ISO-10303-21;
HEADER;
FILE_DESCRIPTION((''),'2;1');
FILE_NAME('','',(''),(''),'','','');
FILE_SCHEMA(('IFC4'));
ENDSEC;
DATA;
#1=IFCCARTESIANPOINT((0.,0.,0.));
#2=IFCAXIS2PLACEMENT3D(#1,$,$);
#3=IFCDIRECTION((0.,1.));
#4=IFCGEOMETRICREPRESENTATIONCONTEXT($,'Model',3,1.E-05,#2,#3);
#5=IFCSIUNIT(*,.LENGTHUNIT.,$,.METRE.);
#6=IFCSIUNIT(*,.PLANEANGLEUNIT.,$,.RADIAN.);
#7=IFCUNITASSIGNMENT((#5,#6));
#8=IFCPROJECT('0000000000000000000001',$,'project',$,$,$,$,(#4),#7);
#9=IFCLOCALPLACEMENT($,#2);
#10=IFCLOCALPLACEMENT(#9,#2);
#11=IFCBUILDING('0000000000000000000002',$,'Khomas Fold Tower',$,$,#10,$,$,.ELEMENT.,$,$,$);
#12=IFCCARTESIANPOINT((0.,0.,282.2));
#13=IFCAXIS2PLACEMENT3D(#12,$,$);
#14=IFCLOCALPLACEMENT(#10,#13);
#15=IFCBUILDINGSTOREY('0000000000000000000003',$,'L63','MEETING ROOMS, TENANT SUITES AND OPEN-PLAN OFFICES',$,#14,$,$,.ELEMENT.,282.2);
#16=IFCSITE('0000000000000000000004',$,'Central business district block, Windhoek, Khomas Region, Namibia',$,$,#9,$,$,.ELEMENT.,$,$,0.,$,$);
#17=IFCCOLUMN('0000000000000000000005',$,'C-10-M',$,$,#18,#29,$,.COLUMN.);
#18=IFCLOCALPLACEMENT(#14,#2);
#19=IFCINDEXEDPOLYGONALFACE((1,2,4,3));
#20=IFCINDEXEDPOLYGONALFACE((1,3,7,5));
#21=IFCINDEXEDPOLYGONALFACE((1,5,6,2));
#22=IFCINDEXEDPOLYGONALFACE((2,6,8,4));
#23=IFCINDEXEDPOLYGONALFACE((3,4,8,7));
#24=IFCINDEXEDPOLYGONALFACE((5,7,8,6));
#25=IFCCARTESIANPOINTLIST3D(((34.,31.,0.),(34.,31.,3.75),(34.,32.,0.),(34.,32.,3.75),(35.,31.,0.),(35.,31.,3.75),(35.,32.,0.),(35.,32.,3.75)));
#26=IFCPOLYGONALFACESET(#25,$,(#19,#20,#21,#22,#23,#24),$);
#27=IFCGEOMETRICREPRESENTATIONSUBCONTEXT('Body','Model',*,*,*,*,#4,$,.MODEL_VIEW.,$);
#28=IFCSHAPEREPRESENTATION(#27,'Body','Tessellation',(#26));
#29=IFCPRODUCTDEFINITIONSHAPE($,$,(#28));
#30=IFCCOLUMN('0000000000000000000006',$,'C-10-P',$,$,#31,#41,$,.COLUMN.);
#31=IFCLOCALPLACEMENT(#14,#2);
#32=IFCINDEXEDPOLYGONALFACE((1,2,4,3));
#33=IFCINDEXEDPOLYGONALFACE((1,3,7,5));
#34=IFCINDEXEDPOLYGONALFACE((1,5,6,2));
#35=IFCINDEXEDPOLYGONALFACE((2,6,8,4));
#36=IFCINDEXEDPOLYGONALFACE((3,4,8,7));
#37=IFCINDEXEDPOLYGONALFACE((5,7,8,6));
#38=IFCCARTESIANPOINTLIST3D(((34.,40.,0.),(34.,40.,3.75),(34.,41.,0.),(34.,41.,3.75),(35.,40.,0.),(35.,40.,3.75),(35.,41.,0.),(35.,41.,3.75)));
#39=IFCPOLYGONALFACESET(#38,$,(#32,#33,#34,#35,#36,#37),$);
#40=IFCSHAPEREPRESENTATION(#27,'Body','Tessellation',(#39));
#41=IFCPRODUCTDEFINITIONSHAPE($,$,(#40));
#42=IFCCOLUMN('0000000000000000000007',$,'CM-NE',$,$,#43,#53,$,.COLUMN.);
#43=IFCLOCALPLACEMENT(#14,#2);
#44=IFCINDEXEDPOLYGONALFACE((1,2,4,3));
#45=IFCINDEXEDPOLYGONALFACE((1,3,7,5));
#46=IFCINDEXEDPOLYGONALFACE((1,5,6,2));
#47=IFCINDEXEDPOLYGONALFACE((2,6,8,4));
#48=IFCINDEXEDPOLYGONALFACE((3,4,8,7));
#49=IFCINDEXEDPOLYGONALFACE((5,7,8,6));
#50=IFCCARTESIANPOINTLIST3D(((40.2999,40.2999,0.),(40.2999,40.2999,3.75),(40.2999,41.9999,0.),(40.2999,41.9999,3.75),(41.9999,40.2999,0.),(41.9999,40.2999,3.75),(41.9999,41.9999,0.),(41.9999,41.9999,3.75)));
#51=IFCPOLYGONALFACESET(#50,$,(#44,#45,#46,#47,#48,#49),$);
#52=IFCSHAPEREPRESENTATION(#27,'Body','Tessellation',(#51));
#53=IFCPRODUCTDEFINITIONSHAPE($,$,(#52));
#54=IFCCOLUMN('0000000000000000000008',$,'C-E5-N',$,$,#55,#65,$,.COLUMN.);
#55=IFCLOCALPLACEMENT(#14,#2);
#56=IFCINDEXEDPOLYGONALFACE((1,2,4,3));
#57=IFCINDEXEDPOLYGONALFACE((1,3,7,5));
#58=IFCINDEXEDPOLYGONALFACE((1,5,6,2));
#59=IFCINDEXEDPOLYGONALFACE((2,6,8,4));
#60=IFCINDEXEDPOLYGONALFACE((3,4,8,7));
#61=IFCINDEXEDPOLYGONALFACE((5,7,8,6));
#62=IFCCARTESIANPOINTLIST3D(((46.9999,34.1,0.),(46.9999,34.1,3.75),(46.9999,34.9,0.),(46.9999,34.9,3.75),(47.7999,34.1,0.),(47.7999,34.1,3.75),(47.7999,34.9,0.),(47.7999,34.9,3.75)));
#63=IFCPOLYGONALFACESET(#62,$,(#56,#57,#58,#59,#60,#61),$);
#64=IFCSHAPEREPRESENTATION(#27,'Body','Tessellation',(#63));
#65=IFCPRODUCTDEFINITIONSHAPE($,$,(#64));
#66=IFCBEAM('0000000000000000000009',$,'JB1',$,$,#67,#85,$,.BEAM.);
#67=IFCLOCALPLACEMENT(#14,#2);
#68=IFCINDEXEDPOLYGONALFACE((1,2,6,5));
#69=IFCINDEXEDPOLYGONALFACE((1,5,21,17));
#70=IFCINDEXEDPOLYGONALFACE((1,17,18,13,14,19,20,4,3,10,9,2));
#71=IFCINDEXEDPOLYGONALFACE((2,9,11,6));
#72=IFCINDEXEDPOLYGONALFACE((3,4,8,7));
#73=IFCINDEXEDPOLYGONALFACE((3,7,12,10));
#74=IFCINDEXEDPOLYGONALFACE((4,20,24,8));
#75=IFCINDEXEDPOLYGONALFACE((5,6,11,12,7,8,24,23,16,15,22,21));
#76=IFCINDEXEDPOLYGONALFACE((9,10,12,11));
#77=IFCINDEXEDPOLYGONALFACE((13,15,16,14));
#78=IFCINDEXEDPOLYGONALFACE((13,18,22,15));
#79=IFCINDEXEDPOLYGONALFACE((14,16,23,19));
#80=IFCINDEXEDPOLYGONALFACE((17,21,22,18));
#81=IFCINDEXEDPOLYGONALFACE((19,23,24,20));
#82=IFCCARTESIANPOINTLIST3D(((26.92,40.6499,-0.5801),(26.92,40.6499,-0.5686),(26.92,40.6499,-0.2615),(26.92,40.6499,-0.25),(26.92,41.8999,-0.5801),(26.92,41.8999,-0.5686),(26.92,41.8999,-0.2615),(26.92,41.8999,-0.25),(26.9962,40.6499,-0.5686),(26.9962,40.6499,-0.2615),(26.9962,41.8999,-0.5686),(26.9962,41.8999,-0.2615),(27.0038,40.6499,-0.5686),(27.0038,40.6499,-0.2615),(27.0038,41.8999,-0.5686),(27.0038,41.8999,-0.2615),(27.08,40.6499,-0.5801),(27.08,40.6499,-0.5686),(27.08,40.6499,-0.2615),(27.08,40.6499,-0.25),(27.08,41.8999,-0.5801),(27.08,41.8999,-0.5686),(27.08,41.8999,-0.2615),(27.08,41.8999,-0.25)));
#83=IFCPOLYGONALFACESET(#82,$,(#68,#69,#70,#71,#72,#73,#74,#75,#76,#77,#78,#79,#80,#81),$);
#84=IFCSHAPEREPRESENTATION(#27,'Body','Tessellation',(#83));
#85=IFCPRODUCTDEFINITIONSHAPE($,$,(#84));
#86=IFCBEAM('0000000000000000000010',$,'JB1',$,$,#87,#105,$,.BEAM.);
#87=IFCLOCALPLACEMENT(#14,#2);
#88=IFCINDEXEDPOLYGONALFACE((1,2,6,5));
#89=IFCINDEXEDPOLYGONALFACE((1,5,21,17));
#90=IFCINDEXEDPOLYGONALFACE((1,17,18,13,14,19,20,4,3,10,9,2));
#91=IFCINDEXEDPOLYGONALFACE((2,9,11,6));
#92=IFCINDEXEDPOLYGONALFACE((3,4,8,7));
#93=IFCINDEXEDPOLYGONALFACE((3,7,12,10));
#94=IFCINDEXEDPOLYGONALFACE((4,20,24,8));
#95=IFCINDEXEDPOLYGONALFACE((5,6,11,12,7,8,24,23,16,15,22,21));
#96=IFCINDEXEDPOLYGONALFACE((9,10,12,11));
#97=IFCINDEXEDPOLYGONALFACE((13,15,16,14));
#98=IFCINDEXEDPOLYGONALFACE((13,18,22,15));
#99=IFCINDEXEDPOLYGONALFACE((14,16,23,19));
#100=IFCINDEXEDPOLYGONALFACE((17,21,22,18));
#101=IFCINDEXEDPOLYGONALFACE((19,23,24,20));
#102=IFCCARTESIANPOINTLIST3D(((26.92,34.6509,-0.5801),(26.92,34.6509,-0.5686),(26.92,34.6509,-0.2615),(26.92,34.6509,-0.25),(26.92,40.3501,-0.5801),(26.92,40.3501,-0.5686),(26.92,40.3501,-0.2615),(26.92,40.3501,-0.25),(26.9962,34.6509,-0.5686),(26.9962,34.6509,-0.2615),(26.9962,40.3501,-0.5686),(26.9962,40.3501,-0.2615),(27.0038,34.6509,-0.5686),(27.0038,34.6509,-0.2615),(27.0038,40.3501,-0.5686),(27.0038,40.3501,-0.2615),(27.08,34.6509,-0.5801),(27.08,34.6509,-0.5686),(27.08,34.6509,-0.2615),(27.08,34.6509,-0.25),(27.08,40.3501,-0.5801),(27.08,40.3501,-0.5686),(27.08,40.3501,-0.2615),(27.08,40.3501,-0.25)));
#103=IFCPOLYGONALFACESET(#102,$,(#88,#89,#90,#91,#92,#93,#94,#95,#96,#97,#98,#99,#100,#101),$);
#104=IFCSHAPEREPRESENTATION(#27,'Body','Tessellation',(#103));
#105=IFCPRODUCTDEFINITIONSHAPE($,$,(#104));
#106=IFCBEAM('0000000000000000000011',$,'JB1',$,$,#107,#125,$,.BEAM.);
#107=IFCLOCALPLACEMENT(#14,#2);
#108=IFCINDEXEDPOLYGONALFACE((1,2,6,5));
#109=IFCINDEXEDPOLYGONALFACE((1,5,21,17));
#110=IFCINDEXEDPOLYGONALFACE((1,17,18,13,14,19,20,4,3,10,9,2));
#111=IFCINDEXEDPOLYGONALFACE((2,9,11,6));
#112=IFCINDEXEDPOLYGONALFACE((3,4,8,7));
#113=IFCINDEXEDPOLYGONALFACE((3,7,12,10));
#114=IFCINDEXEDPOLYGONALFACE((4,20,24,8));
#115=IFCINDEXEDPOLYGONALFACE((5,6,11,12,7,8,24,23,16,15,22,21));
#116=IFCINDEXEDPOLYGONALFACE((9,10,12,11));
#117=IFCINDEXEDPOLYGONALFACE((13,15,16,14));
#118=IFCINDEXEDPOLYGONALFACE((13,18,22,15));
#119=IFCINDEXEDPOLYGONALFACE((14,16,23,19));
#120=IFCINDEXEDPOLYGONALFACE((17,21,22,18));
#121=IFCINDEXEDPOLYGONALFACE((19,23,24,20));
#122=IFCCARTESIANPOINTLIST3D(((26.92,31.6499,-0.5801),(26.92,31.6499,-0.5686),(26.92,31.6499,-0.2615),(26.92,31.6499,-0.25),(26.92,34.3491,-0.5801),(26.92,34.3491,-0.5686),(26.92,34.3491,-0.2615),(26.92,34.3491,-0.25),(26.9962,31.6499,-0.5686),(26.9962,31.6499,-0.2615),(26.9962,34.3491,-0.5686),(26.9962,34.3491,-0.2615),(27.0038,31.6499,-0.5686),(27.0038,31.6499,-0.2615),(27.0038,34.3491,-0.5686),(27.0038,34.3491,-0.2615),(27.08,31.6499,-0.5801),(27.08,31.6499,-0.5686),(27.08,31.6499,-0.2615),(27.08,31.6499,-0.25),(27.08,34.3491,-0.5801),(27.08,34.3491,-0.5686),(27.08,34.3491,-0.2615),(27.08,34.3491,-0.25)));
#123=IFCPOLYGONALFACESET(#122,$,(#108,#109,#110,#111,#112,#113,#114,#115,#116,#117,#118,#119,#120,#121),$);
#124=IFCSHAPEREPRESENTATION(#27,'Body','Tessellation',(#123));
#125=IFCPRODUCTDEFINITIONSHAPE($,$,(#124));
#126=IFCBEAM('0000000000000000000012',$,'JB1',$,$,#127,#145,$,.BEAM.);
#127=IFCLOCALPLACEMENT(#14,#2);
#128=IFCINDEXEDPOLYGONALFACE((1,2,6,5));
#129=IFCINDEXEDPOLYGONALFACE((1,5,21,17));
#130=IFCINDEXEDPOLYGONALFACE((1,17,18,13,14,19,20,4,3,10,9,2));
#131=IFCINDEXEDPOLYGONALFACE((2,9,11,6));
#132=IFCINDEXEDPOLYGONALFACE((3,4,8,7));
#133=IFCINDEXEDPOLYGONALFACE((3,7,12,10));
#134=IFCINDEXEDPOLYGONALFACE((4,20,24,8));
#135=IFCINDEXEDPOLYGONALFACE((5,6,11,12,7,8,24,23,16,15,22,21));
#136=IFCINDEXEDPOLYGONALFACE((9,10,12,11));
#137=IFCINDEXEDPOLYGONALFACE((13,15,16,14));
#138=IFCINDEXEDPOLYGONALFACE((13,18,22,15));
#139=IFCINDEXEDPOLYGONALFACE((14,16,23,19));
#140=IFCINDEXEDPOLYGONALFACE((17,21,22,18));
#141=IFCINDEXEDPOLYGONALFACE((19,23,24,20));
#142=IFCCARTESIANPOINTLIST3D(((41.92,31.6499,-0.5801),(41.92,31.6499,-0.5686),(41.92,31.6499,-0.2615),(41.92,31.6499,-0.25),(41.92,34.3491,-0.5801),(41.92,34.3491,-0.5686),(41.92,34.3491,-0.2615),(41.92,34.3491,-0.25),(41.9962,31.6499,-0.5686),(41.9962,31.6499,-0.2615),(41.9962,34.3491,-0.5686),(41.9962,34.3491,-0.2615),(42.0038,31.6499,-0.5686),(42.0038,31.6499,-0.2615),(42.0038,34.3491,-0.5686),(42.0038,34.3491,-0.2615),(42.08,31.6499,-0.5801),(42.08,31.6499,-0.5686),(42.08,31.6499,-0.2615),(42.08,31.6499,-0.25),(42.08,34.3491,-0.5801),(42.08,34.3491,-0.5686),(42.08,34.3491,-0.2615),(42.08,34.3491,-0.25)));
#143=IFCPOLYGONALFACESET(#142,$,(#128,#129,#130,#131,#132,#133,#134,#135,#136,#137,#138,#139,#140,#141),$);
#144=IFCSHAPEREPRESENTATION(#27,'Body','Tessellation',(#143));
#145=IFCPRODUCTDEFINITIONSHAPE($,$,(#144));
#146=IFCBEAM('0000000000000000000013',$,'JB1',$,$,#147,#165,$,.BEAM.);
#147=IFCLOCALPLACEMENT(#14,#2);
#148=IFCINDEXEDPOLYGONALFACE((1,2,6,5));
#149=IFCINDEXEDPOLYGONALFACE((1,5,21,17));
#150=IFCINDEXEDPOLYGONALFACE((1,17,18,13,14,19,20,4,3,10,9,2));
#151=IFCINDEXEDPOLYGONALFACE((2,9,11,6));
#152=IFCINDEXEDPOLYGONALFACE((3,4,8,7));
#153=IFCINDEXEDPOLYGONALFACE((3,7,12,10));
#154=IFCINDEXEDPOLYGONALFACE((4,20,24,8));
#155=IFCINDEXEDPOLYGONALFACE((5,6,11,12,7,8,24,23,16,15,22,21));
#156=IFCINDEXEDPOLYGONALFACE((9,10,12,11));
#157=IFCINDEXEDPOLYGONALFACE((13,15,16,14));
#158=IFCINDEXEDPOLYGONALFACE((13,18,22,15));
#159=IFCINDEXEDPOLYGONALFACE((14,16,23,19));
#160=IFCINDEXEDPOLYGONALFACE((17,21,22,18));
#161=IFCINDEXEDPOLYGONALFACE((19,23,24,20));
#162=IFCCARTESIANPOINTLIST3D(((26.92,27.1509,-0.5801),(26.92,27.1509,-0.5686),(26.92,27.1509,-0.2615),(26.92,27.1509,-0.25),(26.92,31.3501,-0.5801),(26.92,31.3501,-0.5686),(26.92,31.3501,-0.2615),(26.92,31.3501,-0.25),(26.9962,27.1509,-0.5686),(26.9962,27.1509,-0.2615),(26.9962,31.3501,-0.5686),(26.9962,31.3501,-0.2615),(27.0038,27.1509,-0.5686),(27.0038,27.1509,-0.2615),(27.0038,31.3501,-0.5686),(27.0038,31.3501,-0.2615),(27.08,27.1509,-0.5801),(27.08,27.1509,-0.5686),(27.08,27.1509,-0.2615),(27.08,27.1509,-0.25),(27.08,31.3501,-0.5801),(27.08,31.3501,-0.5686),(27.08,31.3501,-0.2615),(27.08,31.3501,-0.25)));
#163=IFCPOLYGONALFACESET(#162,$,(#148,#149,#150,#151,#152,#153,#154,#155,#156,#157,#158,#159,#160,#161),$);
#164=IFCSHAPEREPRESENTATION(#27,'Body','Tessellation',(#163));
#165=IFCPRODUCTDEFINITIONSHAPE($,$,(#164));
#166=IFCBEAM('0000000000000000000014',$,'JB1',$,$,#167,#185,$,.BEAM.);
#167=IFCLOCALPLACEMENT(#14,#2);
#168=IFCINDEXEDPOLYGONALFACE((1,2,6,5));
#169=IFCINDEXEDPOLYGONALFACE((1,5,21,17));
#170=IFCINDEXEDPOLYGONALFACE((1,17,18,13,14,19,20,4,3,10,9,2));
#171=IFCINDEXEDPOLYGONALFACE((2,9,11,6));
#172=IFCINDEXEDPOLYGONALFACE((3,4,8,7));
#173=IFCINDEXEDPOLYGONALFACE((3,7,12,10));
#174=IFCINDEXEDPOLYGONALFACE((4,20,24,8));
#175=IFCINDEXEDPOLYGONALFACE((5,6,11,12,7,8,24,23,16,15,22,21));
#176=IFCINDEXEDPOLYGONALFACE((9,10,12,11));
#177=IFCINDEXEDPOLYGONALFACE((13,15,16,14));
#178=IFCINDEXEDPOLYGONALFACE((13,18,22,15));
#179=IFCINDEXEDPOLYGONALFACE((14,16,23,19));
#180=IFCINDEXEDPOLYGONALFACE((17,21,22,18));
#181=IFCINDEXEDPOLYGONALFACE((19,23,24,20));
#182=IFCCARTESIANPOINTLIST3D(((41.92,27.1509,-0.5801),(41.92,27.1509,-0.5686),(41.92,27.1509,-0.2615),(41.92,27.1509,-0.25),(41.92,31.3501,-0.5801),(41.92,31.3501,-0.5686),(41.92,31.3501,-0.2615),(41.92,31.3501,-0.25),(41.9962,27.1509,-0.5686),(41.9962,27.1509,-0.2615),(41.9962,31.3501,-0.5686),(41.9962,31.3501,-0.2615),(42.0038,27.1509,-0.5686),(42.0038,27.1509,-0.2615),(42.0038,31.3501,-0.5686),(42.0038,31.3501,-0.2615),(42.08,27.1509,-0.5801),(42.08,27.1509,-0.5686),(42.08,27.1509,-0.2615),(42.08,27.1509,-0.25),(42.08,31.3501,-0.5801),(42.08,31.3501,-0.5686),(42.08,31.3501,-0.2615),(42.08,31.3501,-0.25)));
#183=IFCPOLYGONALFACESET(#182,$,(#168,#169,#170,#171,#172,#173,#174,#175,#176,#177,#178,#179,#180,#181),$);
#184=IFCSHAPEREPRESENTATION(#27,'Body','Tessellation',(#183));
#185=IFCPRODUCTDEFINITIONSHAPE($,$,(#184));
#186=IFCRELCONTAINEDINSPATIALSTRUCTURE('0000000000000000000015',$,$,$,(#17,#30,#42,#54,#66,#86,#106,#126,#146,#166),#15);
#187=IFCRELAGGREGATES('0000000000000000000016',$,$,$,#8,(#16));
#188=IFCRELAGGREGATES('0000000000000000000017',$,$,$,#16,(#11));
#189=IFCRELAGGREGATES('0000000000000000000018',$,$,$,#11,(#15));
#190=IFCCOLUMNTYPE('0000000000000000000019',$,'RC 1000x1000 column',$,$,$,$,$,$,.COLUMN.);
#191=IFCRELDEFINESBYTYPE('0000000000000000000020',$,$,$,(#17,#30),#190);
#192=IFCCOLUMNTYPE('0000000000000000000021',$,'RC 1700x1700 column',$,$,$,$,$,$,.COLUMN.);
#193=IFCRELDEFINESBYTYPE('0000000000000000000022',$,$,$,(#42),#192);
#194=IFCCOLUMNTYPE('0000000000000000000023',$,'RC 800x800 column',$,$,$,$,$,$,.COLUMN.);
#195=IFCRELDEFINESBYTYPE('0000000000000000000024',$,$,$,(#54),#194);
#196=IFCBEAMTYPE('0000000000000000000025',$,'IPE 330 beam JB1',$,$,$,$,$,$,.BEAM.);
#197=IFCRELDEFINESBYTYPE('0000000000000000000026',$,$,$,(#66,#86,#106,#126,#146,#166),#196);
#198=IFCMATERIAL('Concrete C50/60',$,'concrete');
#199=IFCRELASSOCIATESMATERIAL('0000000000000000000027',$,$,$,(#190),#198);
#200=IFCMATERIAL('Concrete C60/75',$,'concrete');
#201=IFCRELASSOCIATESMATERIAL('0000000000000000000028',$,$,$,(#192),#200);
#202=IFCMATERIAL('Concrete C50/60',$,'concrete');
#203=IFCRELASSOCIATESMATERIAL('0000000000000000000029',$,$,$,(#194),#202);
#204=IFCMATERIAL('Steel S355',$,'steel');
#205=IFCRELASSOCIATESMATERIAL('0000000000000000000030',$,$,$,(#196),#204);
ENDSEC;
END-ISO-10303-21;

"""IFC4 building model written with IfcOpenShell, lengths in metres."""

from ifc_helpers import new_model, si_unit, direction, frame, origin, origin_2d, place, context, subcontext, project, spatial, rectangle, i_section, extrude, source, transform, mapped, material, material_profile, profile_set, type_object, element, save


model = new_model("IFC4")

# Units and contexts
model_context = context("Model", 3, precision=1e-05, world=origin(), true_north=direction((0.0, 1.0)))
body_context = subcontext(model_context, "Body", "Model", "MODEL_VIEW")
ifc_project = project(units=[si_unit("LENGTHUNIT", "METRE"), si_unit("PLANEANGLEUNIT", "RADIAN")], contexts=[model_context])

# Site, building, storey
site_placement = place(None, origin())
site = spatial("IfcSite", under=ifc_project, at=site_placement, Name="Central business district block, Windhoek, Khomas Region, Namibia", CompositionType="ELEMENT", RefElevation=0.0)
building_placement = place(site_placement, origin())
building = spatial("IfcBuilding", under=site, at=building_placement, Name="Khomas Fold Tower", CompositionType="ELEMENT")
storey_placement = place(building_placement, frame((0.0, 0.0, 282.2)))
storey = spatial("IfcBuildingStorey", under=building, at=storey_placement, Name="L63", Description="MEETING ROOMS, TENANT SUITES AND OPEN-PLAN OFFICES", CompositionType="ELEMENT", Elevation=282.2)

# Columns
ifc_material_1 = material(Name="Concrete C50/60", Category="concrete")
ifc_material_profile_1 = material_profile(ifc_material_1, rectangle(XDim=1.0, YDim=1.0, at=origin_2d()), Name="RC 1000x1000")
ifc_profile_set_1 = profile_set([ifc_material_profile_1], Name="Concrete C50/60")
column_type_1 = type_object("IfcColumnType", Name="RC 1000x1000 column", PredefinedType="COLUMN", material=ifc_profile_set_1)
shared_shape_1 = source(origin(), body_context, "Body", "SweptSolid", [
    extrude(rectangle(XDim=1.0, YDim=1.0, at=origin_2d()), origin(), (0.0, 0.0, 1.0), 3.75),
])
for number, where, z_axis, x_axis, name in (
    (1, (34.5, 31.5, 0.0), (0.0, 0.0, 1.0), (1.0, 0.0, 0.0), "C-10-M"),
    (2, (34.5, 40.5, 0.0), (0.0, 0.0, 1.0), (1.0, 0.0, 0.0), "C-10-P"),
):
    element("IfcColumn", number, at=place(storey_placement, frame(where, z_axis=z_axis, x_axis=x_axis)), inside=storey, type_object=column_type_1, Name=name, PredefinedType="COLUMN", context=body_context, shape_type="MappedRepresentation", body=[
        mapped(shared_shape_1, transform((0.0, 0.0, 0.0))),
    ])
ifc_material_2 = material(Name="Concrete C60/75", Category="concrete")
ifc_material_profile_2 = material_profile(ifc_material_2, rectangle(XDim=1.7, YDim=1.7, at=origin_2d()), Name="RC 1700x1700")
ifc_profile_set_2 = profile_set([ifc_material_profile_2], Name="Concrete C60/75")
column_type_2 = type_object("IfcColumnType", Name="RC 1700x1700 column", PredefinedType="COLUMN", material=ifc_profile_set_2)
shared_shape_2 = source(origin(), body_context, "Body", "SweptSolid", [
    extrude(rectangle(XDim=1.7, YDim=1.7, at=origin_2d()), origin(), (0.0, 0.0, 1.0), 3.75),
])
column_1_placement = place(storey_placement, frame((41.1499, 41.1499, 0.0), z_axis=(0.0, 0.0, 1.0), x_axis=(1.0, 0.0, 0.0)))
element("IfcColumn", 3, at=column_1_placement, inside=storey, type_object=column_type_2, Name="CM-NE", PredefinedType="COLUMN", context=body_context, shape_type="MappedRepresentation", body=[
    mapped(shared_shape_2, transform((0.0, 0.0, 0.0))),
])
ifc_material_3 = material(Name="Concrete C50/60", Category="concrete")
ifc_material_profile_3 = material_profile(ifc_material_3, rectangle(XDim=0.8, YDim=0.8, at=origin_2d()), Name="RC 800x800")
ifc_profile_set_3 = profile_set([ifc_material_profile_3], Name="Concrete C50/60")
column_type_3 = type_object("IfcColumnType", Name="RC 800x800 column", PredefinedType="COLUMN", material=ifc_profile_set_3)
shared_shape_3 = source(origin(), body_context, "Body", "SweptSolid", [
    extrude(rectangle(XDim=0.8, YDim=0.8, at=origin_2d()), origin(), (0.0, 0.0, 1.0), 3.75),
])
column_2_placement = place(storey_placement, frame((47.3999, 34.5, 0.0), z_axis=(0.0, 0.0, 1.0), x_axis=(1.0, 0.0, 0.0)))
element("IfcColumn", 4, at=column_2_placement, inside=storey, type_object=column_type_3, Name="C-E5-N", PredefinedType="COLUMN", context=body_context, shape_type="MappedRepresentation", body=[
    mapped(shared_shape_3, transform((0.0, 0.0, 0.0))),
])

# Beams
ifc_material_4 = material(Name="Steel S355", Category="steel")
ifc_material_profile_4 = material_profile(ifc_material_4, i_section(OverallWidth=0.1599, OverallDepth=0.3301, WebThickness=0.0076, FlangeThickness=0.0115, at=origin_2d()), Name="IPE 330")
ifc_profile_set_4 = profile_set([ifc_material_profile_4], Name="Steel S355")
beam_type_1 = type_object("IfcBeamType", Name="IPE 330 beam JB1", PredefinedType="BEAM", material=ifc_profile_set_4)
shared_shape_4 = source(origin(), body_context, "Body", "SweptSolid", [
    extrude(i_section(OverallWidth=0.1599, OverallDepth=0.3301, WebThickness=0.0076, FlangeThickness=0.0115, at=origin_2d()), origin(), (0.0, 0.0, 1.0), 1.25),
])
beam_1_placement = place(storey_placement, frame((27.0, 40.6499, -0.415), z_axis=(0.0, 1.0, 0.0), x_axis=(-1.0, 0.0, 0.0)))
element("IfcBeam", 5, at=beam_1_placement, inside=storey, type_object=beam_type_1, Name="JB1", PredefinedType="BEAM", context=body_context, shape_type="MappedRepresentation", body=[
    mapped(shared_shape_4, transform((0.0, 0.0, 0.0))),
])
shared_shape_5 = source(origin(), body_context, "Body", "SweptSolid", [
    extrude(i_section(OverallWidth=0.1599, OverallDepth=0.3301, WebThickness=0.0076, FlangeThickness=0.0115, at=origin_2d()), origin(), (0.0, 0.0, 1.0), 5.6992),
])
beam_2_placement = place(storey_placement, frame((27.0, 34.6509, -0.415), z_axis=(0.0, 1.0, 0.0), x_axis=(-1.0, 0.0, 0.0)))
element("IfcBeam", 6, at=beam_2_placement, inside=storey, type_object=beam_type_1, Name="JB1", PredefinedType="BEAM", context=body_context, shape_type="MappedRepresentation", body=[
    mapped(shared_shape_5, transform((0.0, 0.0, 0.0))),
])
shared_shape_6 = source(origin(), body_context, "Body", "SweptSolid", [
    extrude(i_section(OverallWidth=0.1599, OverallDepth=0.3301, WebThickness=0.0076, FlangeThickness=0.0115, at=origin_2d()), origin(), (0.0, 0.0, 1.0), 2.6992),
])
for number, where, z_axis, x_axis, name in (
    (7, (27.0, 31.6499, -0.415), (0.0, 1.0, 0.0), (-1.0, 0.0, 0.0), "JB1"),
    (8, (42.0, 31.6499, -0.415), (0.0, 1.0, 0.0), (-1.0, 0.0, 0.0), "JB1"),
):
    element("IfcBeam", number, at=place(storey_placement, frame(where, z_axis=z_axis, x_axis=x_axis)), inside=storey, type_object=beam_type_1, Name=name, PredefinedType="BEAM", context=body_context, shape_type="MappedRepresentation", body=[
        mapped(shared_shape_6, transform((0.0, 0.0, 0.0))),
    ])
shared_shape_7 = source(origin(), body_context, "Body", "SweptSolid", [
    extrude(i_section(OverallWidth=0.1599, OverallDepth=0.3301, WebThickness=0.0076, FlangeThickness=0.0115, at=origin_2d()), origin(), (0.0, 0.0, 1.0), 4.1992),
])
for number, where, z_axis, x_axis, name in (
    (9, (27.0, 27.1509, -0.415), (0.0, 1.0, 0.0), (-1.0, 0.0, 0.0), "JB1"),
    (10, (42.0, 27.1509, -0.415), (0.0, 1.0, 0.0), (-1.0, 0.0, 0.0), "JB1"),
):
    element("IfcBeam", number, at=place(storey_placement, frame(where, z_axis=z_axis, x_axis=x_axis)), inside=storey, type_object=beam_type_1, Name=name, PredefinedType="BEAM", context=body_context, shape_type="MappedRepresentation", body=[
        mapped(shared_shape_7, transform((0.0, 0.0, 0.0))),
    ])

save(model, "model.ifc")
